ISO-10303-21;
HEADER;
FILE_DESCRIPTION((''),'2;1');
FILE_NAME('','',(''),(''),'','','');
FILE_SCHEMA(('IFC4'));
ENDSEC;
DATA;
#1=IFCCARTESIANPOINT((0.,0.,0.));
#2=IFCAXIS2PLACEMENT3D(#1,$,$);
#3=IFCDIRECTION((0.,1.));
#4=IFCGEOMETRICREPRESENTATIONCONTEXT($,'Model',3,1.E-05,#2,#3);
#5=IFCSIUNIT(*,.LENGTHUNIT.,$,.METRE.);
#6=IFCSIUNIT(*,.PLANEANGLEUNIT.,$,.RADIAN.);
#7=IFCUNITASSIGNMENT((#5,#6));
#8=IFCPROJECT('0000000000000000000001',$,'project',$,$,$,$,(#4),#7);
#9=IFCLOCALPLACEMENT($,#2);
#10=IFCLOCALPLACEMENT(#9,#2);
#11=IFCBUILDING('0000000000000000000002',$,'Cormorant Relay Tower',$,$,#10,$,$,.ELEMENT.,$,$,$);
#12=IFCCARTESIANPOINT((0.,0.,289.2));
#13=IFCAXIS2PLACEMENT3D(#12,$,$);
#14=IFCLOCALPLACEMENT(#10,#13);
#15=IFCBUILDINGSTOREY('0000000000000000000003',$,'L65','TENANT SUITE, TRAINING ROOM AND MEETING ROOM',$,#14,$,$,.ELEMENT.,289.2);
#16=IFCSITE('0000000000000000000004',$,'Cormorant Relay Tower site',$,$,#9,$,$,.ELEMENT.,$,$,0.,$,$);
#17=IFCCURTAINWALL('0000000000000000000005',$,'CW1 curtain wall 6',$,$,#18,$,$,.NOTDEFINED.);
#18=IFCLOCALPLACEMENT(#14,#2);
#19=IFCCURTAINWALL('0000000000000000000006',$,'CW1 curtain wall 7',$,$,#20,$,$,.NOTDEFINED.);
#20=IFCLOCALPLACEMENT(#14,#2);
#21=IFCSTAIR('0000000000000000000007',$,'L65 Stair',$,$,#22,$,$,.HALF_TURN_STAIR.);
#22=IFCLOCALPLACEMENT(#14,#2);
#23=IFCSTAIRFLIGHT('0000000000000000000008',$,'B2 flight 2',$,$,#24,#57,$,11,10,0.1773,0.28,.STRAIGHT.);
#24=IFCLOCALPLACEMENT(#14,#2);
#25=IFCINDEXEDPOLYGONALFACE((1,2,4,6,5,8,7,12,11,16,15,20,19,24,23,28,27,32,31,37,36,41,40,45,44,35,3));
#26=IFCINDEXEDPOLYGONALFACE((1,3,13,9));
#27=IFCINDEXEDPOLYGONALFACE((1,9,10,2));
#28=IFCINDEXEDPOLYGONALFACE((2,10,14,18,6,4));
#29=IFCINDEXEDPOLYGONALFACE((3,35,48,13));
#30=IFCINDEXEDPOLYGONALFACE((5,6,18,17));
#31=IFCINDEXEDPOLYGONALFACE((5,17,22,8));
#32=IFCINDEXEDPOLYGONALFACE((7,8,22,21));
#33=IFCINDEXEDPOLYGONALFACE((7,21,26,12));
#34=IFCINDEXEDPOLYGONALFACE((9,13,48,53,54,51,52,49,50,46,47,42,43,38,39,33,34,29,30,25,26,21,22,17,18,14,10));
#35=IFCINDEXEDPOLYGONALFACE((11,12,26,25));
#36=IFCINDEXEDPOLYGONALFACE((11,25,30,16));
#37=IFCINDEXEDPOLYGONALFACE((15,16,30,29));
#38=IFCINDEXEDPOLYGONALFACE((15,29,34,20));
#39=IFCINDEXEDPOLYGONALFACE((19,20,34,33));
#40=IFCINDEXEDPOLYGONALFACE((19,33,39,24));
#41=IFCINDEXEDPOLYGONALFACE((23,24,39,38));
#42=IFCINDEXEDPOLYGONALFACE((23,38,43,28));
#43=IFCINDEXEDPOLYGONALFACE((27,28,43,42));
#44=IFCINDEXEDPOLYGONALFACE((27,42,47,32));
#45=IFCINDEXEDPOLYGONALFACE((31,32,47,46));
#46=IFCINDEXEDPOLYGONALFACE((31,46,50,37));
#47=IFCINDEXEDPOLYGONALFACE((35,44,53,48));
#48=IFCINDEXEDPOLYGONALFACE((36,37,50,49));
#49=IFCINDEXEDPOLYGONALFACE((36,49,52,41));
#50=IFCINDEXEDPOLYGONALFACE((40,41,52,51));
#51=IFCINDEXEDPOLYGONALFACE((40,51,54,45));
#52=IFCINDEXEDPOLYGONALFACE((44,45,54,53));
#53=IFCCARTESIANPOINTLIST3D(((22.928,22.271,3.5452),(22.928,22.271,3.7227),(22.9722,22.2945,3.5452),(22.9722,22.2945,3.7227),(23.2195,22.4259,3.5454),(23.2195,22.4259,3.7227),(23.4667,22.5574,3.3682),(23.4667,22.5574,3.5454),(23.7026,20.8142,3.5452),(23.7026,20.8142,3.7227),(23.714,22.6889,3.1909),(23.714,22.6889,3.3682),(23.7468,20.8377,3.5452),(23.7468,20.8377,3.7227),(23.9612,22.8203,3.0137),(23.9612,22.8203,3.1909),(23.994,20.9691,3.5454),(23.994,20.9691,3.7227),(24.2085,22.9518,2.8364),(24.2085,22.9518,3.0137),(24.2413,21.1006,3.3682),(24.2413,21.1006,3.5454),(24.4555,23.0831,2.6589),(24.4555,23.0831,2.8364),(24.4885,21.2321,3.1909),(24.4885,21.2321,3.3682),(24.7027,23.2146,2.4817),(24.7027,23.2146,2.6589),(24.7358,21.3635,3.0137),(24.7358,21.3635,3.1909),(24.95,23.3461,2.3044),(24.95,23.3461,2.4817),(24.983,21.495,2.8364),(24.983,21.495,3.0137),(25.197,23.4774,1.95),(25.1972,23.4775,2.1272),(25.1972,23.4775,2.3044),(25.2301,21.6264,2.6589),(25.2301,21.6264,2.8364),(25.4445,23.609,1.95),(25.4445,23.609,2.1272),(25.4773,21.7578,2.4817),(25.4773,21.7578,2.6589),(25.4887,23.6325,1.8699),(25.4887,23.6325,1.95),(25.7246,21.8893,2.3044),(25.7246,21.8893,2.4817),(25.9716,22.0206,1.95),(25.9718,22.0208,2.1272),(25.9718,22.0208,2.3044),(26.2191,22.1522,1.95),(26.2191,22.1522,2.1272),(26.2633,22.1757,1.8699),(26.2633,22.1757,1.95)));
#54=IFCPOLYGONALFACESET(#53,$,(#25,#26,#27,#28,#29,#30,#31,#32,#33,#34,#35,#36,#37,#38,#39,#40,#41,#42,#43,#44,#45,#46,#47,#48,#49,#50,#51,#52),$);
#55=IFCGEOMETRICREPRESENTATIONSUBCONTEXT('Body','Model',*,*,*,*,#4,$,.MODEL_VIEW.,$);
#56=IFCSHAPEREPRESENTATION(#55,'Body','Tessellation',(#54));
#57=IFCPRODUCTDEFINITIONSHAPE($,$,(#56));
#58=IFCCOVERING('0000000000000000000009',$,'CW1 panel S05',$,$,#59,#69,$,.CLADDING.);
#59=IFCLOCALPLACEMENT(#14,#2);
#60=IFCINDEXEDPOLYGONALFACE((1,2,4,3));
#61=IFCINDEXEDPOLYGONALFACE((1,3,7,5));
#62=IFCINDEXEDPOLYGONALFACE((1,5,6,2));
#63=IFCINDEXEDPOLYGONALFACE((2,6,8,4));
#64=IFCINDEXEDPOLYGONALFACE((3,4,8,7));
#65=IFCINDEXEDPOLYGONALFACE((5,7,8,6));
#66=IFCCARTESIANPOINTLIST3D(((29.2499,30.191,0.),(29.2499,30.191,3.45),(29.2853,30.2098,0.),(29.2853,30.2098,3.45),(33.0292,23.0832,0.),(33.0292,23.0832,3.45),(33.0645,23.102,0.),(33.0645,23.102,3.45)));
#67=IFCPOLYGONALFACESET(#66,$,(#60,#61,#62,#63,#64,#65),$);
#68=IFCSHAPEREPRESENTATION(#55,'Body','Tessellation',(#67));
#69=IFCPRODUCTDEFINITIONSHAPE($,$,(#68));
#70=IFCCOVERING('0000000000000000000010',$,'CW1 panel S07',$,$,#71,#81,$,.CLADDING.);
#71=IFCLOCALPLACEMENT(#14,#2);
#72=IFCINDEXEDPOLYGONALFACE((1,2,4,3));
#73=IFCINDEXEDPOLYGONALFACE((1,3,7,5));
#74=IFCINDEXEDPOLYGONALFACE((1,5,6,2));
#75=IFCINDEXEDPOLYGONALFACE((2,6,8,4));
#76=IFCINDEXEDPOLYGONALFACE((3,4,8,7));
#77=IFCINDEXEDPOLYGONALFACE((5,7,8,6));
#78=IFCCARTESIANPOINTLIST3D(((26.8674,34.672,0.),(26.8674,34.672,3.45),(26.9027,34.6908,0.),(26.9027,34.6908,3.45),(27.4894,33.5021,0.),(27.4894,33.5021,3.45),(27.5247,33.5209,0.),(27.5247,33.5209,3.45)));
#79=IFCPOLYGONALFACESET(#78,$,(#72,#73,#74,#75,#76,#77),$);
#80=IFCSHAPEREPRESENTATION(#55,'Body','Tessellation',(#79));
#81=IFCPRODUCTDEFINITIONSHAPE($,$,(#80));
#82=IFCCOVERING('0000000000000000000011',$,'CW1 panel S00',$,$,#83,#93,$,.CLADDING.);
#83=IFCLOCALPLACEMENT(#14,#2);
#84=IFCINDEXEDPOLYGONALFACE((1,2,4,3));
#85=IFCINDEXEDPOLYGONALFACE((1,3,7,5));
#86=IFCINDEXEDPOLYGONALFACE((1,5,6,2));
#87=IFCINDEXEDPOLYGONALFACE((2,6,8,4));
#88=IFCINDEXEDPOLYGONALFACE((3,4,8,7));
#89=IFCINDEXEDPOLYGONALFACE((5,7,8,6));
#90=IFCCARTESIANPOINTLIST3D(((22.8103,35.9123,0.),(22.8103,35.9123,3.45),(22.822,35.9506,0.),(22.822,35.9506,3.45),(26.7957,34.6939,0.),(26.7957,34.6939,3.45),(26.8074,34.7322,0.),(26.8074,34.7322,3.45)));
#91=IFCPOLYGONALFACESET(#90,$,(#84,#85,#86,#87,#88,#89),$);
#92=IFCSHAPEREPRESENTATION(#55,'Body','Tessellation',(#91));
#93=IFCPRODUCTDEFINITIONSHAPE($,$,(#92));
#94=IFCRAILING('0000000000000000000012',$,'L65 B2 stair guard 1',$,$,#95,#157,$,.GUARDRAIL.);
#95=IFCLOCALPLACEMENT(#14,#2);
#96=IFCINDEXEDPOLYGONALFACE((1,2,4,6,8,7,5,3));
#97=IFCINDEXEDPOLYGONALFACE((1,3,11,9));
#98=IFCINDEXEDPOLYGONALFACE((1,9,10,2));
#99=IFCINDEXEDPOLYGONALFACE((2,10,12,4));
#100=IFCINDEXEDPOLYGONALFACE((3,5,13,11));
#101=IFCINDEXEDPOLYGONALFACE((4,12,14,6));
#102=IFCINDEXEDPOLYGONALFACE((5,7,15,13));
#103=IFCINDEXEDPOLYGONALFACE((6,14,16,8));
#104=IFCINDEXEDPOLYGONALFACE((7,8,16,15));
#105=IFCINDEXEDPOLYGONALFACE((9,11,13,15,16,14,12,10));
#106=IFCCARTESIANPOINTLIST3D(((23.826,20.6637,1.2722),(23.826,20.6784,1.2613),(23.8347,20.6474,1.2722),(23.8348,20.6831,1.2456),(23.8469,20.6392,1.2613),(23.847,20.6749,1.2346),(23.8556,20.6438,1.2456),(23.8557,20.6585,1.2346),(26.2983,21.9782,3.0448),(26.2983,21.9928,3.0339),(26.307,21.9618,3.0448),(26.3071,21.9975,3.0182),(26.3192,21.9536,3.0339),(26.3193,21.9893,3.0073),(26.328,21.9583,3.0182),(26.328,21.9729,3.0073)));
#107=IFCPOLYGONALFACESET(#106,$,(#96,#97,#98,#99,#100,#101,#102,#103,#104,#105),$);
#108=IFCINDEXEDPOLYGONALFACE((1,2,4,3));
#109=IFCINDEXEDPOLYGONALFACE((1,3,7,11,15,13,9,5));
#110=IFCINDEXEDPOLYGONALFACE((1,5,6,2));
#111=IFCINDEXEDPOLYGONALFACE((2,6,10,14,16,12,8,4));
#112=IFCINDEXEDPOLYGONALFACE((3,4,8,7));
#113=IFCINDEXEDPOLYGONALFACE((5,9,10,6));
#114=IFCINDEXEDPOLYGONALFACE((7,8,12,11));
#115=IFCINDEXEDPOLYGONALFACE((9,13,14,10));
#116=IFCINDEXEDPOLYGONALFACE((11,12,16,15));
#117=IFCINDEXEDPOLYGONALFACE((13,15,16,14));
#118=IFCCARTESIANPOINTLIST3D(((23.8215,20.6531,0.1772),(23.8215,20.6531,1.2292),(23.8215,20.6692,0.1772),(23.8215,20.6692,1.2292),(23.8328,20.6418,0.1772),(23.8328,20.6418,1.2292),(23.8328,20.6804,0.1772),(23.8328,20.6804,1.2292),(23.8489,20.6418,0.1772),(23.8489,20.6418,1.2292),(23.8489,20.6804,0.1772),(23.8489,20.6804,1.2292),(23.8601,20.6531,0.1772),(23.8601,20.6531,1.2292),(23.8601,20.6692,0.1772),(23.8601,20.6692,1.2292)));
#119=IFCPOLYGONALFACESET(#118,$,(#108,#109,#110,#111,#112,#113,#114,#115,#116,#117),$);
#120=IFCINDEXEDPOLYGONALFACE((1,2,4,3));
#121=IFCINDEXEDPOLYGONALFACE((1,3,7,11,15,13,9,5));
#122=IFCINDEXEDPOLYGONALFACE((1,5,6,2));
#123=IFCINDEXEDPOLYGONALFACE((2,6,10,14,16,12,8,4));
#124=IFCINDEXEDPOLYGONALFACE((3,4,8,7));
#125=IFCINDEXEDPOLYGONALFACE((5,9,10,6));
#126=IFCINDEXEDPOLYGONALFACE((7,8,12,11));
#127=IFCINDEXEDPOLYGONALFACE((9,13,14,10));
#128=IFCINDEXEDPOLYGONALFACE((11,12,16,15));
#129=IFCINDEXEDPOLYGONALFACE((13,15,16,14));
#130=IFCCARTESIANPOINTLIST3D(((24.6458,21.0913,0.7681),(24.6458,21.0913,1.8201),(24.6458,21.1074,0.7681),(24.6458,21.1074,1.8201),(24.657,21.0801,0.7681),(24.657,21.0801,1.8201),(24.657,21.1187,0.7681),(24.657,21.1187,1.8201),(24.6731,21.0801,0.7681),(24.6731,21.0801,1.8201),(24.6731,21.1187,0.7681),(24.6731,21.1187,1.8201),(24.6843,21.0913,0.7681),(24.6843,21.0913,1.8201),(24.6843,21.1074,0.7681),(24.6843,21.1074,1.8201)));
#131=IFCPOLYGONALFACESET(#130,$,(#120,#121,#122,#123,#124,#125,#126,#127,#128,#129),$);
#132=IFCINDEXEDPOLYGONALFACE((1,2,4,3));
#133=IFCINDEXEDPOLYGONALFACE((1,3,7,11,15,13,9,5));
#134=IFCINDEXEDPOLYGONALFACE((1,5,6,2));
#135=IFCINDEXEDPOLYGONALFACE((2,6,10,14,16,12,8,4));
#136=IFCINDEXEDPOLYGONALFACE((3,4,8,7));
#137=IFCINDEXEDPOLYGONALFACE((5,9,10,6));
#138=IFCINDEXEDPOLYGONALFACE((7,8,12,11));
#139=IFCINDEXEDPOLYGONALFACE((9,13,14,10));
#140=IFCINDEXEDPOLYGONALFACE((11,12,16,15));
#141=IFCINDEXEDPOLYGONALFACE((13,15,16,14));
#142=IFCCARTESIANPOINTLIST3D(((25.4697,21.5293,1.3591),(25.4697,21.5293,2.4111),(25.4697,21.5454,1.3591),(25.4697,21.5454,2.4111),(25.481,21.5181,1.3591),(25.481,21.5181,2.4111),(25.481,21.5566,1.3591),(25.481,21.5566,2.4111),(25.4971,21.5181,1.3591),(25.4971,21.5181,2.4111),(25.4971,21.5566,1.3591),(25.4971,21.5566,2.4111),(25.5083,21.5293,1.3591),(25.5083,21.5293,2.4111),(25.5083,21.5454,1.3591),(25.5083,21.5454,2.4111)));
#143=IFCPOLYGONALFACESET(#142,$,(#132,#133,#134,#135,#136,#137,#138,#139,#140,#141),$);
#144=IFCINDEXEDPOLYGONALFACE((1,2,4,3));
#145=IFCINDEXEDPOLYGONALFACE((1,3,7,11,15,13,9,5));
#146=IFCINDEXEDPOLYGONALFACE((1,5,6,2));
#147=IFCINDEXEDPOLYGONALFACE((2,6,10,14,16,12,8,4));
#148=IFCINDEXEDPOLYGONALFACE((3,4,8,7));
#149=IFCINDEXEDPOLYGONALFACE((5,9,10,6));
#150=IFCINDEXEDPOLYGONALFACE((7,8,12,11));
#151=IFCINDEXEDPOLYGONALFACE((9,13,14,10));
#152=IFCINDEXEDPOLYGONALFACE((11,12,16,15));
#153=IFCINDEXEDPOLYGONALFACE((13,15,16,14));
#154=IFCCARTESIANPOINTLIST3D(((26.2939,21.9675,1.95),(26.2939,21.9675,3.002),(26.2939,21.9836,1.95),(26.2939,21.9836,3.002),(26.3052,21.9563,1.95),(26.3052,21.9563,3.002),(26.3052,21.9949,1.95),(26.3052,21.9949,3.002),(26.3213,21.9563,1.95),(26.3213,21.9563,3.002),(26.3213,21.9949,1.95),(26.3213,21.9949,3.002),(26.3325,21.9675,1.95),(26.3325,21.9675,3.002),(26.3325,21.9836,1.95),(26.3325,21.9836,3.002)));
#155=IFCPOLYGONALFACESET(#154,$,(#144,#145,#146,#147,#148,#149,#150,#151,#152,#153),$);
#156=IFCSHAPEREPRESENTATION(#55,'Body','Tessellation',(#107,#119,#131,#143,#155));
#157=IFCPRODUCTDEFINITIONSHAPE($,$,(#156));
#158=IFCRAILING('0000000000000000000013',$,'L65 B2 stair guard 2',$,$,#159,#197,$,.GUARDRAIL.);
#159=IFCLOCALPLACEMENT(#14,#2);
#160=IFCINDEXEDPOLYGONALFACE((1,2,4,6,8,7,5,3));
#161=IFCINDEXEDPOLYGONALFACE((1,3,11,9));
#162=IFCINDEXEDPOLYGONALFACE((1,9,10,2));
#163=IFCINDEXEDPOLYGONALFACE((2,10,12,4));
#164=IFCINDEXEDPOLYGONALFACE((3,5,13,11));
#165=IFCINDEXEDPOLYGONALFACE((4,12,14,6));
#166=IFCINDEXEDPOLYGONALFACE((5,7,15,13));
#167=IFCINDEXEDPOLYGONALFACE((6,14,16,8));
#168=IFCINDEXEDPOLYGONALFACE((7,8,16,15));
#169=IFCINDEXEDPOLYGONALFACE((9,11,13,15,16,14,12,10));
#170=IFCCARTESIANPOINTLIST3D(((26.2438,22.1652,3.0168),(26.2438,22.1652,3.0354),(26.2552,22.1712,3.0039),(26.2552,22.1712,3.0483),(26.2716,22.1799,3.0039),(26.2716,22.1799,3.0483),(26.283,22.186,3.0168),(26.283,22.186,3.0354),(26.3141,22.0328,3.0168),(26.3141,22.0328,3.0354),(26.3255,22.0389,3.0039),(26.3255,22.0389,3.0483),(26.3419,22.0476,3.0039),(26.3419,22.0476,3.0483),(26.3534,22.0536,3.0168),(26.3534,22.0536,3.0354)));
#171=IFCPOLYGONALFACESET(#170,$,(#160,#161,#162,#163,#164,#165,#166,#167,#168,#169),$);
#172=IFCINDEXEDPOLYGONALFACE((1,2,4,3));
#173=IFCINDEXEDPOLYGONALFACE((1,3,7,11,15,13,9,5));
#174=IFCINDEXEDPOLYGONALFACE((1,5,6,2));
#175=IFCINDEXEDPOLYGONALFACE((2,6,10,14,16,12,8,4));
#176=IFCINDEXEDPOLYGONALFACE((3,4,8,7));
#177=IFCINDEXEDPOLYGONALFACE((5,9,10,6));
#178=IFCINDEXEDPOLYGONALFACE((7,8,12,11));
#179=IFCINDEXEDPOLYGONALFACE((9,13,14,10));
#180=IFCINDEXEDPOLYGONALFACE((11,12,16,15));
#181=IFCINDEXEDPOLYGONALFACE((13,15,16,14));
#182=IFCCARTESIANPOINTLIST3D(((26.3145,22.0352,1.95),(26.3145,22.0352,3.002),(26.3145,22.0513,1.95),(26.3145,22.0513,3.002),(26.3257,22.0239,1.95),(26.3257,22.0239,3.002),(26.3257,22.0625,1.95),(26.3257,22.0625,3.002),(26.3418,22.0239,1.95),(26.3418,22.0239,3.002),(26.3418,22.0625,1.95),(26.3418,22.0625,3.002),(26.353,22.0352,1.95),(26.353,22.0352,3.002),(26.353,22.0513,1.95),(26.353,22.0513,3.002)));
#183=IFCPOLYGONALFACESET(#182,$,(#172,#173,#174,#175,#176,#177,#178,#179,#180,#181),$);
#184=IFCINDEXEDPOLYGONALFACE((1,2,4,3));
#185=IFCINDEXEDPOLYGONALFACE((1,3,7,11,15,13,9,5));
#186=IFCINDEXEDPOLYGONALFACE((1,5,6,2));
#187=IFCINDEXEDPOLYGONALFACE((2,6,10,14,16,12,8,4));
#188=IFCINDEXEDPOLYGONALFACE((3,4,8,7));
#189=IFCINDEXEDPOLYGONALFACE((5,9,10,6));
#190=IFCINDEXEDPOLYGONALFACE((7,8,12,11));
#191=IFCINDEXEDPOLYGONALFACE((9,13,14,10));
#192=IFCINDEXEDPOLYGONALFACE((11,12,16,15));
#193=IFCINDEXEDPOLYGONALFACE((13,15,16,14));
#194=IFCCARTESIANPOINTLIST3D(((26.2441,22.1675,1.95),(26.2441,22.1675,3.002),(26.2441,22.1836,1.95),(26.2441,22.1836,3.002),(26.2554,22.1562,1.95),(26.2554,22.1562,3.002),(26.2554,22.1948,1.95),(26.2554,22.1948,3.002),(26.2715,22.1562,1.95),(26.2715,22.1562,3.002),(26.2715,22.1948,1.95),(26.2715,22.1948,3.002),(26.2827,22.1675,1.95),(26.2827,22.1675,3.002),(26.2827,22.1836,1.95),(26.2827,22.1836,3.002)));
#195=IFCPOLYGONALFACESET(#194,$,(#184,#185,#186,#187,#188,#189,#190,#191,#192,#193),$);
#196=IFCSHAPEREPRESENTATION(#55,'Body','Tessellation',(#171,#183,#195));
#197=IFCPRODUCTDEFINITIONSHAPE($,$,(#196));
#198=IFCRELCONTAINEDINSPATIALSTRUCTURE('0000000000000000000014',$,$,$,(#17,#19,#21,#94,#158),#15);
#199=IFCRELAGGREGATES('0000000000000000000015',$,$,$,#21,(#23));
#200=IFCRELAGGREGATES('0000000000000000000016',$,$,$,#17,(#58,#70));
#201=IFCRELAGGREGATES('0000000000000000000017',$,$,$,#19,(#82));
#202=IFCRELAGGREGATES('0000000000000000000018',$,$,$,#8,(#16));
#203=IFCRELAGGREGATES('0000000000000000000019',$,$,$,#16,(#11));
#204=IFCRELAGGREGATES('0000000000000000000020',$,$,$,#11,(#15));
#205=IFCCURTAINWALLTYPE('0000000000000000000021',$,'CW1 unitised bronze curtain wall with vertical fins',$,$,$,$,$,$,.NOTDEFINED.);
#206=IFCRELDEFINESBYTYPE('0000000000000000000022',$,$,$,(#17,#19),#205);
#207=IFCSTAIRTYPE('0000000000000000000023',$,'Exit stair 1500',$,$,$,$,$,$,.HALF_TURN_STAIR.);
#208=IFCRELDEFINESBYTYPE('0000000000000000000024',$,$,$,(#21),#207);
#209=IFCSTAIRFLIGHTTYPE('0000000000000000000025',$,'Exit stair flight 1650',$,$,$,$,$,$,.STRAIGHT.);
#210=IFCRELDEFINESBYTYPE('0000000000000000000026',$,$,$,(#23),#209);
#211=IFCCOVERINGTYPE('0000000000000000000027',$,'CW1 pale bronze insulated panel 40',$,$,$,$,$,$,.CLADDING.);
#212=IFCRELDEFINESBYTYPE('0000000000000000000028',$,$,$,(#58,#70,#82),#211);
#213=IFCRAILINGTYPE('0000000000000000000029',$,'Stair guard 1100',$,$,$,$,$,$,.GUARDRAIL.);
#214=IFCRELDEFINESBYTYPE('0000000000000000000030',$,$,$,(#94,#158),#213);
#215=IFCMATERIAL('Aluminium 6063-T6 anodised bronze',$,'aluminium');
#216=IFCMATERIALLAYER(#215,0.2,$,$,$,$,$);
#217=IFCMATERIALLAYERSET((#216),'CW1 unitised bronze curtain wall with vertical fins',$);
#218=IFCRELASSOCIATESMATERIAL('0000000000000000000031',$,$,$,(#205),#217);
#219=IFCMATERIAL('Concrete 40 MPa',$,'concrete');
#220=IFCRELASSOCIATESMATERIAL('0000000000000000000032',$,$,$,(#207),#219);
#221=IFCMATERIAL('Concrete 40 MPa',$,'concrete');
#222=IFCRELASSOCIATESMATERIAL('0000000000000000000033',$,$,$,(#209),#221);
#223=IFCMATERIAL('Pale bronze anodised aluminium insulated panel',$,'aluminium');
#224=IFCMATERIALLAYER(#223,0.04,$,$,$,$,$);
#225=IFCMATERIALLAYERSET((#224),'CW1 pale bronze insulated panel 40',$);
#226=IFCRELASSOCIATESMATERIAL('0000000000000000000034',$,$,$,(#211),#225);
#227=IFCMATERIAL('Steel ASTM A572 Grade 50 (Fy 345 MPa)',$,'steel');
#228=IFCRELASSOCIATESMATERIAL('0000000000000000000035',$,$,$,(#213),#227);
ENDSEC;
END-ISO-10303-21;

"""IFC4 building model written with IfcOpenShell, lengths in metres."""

from ifc_helpers import new_model, si_unit, direction, frame, origin, origin_2d, place, context, subcontext, project, spatial, polyline, rectangle, outline, extrude, material, layer, layer_set, type_object, element, aggregate, save


model = new_model("IFC4")

# Units and contexts
model_context = context("Model", 3, precision=1e-05, world=origin(), true_north=direction((0.0, 1.0)))
body_context = subcontext(model_context, "Body", "Model", "MODEL_VIEW")
ifc_project = project(units=[si_unit("LENGTHUNIT", "METRE"), si_unit("PLANEANGLEUNIT", "RADIAN")], contexts=[model_context])

# Site, building, storey
site_placement = place(None, origin())
site = spatial("IfcSite", under=ifc_project, at=site_placement, Name="Cormorant Relay Tower site", CompositionType="ELEMENT", RefElevation=0.0)
building_placement = place(site_placement, origin())
building = spatial("IfcBuilding", under=site, at=building_placement, Name="Cormorant Relay Tower", CompositionType="ELEMENT")
storey_placement = place(building_placement, frame((0.0, 0.0, 289.2)))
storey = spatial("IfcBuildingStorey", under=building, at=storey_placement, Name="L65", Description="TENANT SUITE, TRAINING ROOM AND MEETING ROOM", CompositionType="ELEMENT", Elevation=289.2)

# Curtain walls
ifc_material_1 = material(Name="Aluminium 6063-T6 anodised bronze", Category="aluminium")
ifc_layer_1 = layer(ifc_material_1, 0.2)
ifc_layer_set_1 = layer_set([ifc_layer_1], Name="CW1 unitised bronze curtain wall with vertical fins")
curtain_wall_type = type_object("IfcCurtainWallType", Name="CW1 unitised bronze curtain wall with vertical fins", PredefinedType="NOTDEFINED", material=ifc_layer_set_1)
curtain_wall_1_placement = place(storey_placement, origin())
curtain_wall_1 = element("IfcCurtainWall", 1, at=curtain_wall_1_placement, inside=storey, type_object=curtain_wall_type, Name="CW1 curtain wall 6", PredefinedType="NOTDEFINED")
curtain_wall_2_placement = place(storey_placement, origin())
curtain_wall_2 = element("IfcCurtainWall", 2, at=curtain_wall_2_placement, inside=storey, type_object=curtain_wall_type, Name="CW1 curtain wall 7", PredefinedType="NOTDEFINED")

# Stair, stair flight
ifc_material_2 = material(Name="Concrete 40 MPa", Category="concrete")
stair_type = type_object("IfcStairType", Name="Exit stair 1500", PredefinedType="HALF_TURN_STAIR", material=ifc_material_2)
stair_placement = place(storey_placement, origin())
stair = element("IfcStair", 3, at=stair_placement, inside=storey, type_object=stair_type, Name="L65 Stair", PredefinedType="HALF_TURN_STAIR")
ifc_material_3 = material(Name="Concrete 40 MPa", Category="concrete")
stair_flight_type = type_object("IfcStairFlightType", Name="Exit stair flight 1650", PredefinedType="STRAIGHT", material=ifc_material_3)
stair_flight_1_placement = place(storey_placement, frame((25.8318, 22.8806, 1.95), z_axis=(0.0, 0.0, 1.0), x_axis=(-0.882948, -0.469472, 0.0)))
stair_flight_1 = element("IfcStairFlight", 4, at=stair_flight_1_placement, type_object=stair_flight_type, Name="B2 flight 2", NumberOfRisers=11, NumberOfTreads=10, PredefinedType="STRAIGHT", RiserHeight=0.1773, TreadLength=0.28, context=body_context, shape_type="SweptSolid", body=[
    extrude(outline(polyline([(-0.05, -0.0801), (-0.05, 0.0), (0.0, 0.0), (0.0, 0.1772), (0.28, 0.1772), (0.28, 0.3545), (0.5601, 0.3545), (0.5601, 0.5317), (0.8401, 0.5317), (0.8401, 0.709), (1.1201, 0.709), (1.1201, 0.8865), (1.3999, 0.8865), (1.3999, 1.0637), (1.6799, 1.0637), (1.6799, 1.241), (1.96, 1.241), (1.96, 1.4182), (2.24, 1.4182), (2.24, 1.5955), (2.52, 1.5955), (2.52, 1.7727), (2.8, 1.7727), (2.8501, 1.7727), (2.8501, 1.5952), (2.8, 1.5952), (0.2803, 0.0), (-0.05, -0.0801)])), frame((0.0, 0.825, 0.0), z_axis=(0.0, -1.0, 0.0), x_axis=(1.0, 0.0, 0.0)), (0.0, 0.0, 1.0), 1.6499),
])
aggregate(stair, [stair_flight_1])

# Coverings
ifc_material_4 = material(Name="Pale bronze anodised aluminium insulated panel", Category="aluminium")
ifc_layer_2 = layer(ifc_material_4, 0.04)
ifc_layer_set_2 = layer_set([ifc_layer_2], Name="CW1 pale bronze insulated panel 40")
covering_type = type_object("IfcCoveringType", Name="CW1 pale bronze insulated panel 40", PredefinedType="CLADDING", material=ifc_layer_set_2)
covering_1_placement = place(storey_placement, frame((31.1572, 26.6465, 0.0), z_axis=(0.0, 0.0, 1.0), x_axis=(-0.469472, 0.882948, 0.0)))
covering_1 = element("IfcCovering", 5, at=covering_1_placement, type_object=covering_type, Name="CW1 panel S05", PredefinedType="CLADDING", context=body_context, shape_type="SweptSolid", body=[
    extrude(rectangle(XDim=8.05, YDim=0.04, at=origin_2d()), origin(), (0.0, 0.0, 1.0), 3.45),
])
covering_2_placement = place(storey_placement, frame((27.196, 34.0964, 0.0), z_axis=(0.0, 0.0, 1.0), x_axis=(-0.469472, 0.882948, 0.0)))
covering_2 = element("IfcCovering", 6, at=covering_2_placement, type_object=covering_type, Name="CW1 panel S07", PredefinedType="CLADDING", context=body_context, shape_type="SweptSolid", body=[
    extrude(rectangle(XDim=1.325, YDim=0.04, at=origin_2d()), origin(), (0.0, 0.0, 1.0), 3.45),
])
aggregate(curtain_wall_1, [covering_1, covering_2])
covering_3_placement = place(storey_placement, frame((24.8088, 35.3223, 0.0), z_axis=(0.0, 0.0, 1.0), x_axis=(-0.956305, 0.292372, 0.0)))
covering_3 = element("IfcCovering", 7, at=covering_3_placement, type_object=covering_type, Name="CW1 panel S00", PredefinedType="CLADDING", context=body_context, shape_type="SweptSolid", body=[
    extrude(rectangle(XDim=4.1675, YDim=0.04, at=origin_2d()), origin(), (0.0, 0.0, 1.0), 3.45),
])
aggregate(curtain_wall_2, [covering_3])

# Railings
ifc_material_5 = material(Name="Steel ASTM A572 Grade 50 (Fy 345 MPa)", Category="steel")
railing_type_1 = type_object("IfcRailingType", Name="Stair guard 1100", PredefinedType="GUARDRAIL", material=ifc_material_5)
railing_1_placement = place(storey_placement, frame((23.8408, 20.6611, 0.1772)))
element("IfcRailing", 8, at=railing_1_placement, inside=storey, type_object=railing_type_1, Name="L65 B2 stair guard 1", PredefinedType="GUARDRAIL", context=body_context, shape_type="SweptSolid", body=[
    extrude(outline(polyline([(0.0222, 0.0093), (0.0093, 0.0222), (-0.0093, 0.0222), (-0.0222, 0.0093), (-0.0222, -0.0093), (-0.0093, -0.0222), (0.0093, -0.0222), (0.0222, -0.0093), (0.0222, 0.0093)])), frame((0.0, 0.0, 1.0762), z_axis=(0.746034, 0.396627, 0.534902), x_axis=(-0.469429, 0.88297, 0.0)), (0.0, 0.0, 1.0), 3.314),
    extrude(outline(polyline([(0.0193, 0.0081), (0.0081, 0.0193), (-0.0081, 0.0193), (-0.0193, 0.0081), (-0.0193, -0.0081), (-0.0081, -0.0193), (0.0081, -0.0193), (0.0193, -0.0081), (0.0193, 0.0081)])), origin(), (0.0, 0.0, 1.0), 1.052),
    extrude(outline(polyline([(0.0193, 0.0081), (0.0081, 0.0193), (-0.0081, 0.0193), (-0.0193, 0.0081), (-0.0193, -0.0081), (-0.0081, -0.0193), (0.0081, -0.0193), (0.0193, -0.0081), (0.0193, 0.0081)])), frame((0.8242, 0.4382, 0.5908)), (0.0, 0.0, 1.0), 1.052),
    extrude(outline(polyline([(0.0193, 0.0081), (0.0081, 0.0193), (-0.0081, 0.0193), (-0.0193, 0.0081), (-0.0193, -0.0081), (-0.0081, -0.0193), (0.0081, -0.0193), (0.0193, -0.0081), (0.0193, 0.0081)])), frame((1.6482, 0.8762, 1.1819)), (0.0, 0.0, 1.0), 1.052),
    extrude(outline(polyline([(0.0193, 0.0081), (0.0081, 0.0193), (-0.0081, 0.0193), (-0.0193, 0.0081), (-0.0193, -0.0081), (-0.0081, -0.0193), (0.0081, -0.0193), (0.0193, -0.0081), (0.0193, 0.0081)])), frame((2.4724, 1.3145, 1.7727)), (0.0, 0.0, 1.0), 1.052),
])
railing_2_placement = place(storey_placement, frame((26.3337, 22.0432, 1.95)))
element("IfcRailing", 9, at=railing_2_placement, inside=storey, type_object=railing_type_1, Name="L65 B2 stair guard 2", PredefinedType="GUARDRAIL", context=body_context, shape_type="SweptSolid", body=[
    extrude(outline(polyline([(0.0222, 0.0093), (0.0093, 0.0222), (-0.0093, 0.0222), (-0.0222, 0.0093), (-0.0222, -0.0093), (-0.0093, -0.0222), (0.0093, -0.0222), (0.0222, -0.0093), (0.0222, 0.0093)])), frame((0.0, 0.0, 1.0762), z_axis=(-0.469235, 0.883074, 0.0), x_axis=(-0.883074, -0.469235, 0.0)), (0.0, 0.0, 1.0), 0.1499),
    extrude(outline(polyline([(0.0193, 0.0081), (0.0081, 0.0193), (-0.0081, 0.0193), (-0.0193, 0.0081), (-0.0193, -0.0081), (-0.0081, -0.0193), (0.0081, -0.0193), (0.0193, -0.0081), (0.0193, 0.0081)])), origin(), (0.0, 0.0, 1.0), 1.052),
    extrude(outline(polyline([(0.0193, 0.0081), (0.0081, 0.0193), (-0.0081, 0.0193), (-0.0193, 0.0081), (-0.0193, -0.0081), (-0.0081, -0.0193), (0.0081, -0.0193), (0.0193, -0.0081), (0.0193, 0.0081)])), frame((-0.0703, 0.1323, 0.0)), (0.0, 0.0, 1.0), 1.052),
])

save(model, "model.ifc")
